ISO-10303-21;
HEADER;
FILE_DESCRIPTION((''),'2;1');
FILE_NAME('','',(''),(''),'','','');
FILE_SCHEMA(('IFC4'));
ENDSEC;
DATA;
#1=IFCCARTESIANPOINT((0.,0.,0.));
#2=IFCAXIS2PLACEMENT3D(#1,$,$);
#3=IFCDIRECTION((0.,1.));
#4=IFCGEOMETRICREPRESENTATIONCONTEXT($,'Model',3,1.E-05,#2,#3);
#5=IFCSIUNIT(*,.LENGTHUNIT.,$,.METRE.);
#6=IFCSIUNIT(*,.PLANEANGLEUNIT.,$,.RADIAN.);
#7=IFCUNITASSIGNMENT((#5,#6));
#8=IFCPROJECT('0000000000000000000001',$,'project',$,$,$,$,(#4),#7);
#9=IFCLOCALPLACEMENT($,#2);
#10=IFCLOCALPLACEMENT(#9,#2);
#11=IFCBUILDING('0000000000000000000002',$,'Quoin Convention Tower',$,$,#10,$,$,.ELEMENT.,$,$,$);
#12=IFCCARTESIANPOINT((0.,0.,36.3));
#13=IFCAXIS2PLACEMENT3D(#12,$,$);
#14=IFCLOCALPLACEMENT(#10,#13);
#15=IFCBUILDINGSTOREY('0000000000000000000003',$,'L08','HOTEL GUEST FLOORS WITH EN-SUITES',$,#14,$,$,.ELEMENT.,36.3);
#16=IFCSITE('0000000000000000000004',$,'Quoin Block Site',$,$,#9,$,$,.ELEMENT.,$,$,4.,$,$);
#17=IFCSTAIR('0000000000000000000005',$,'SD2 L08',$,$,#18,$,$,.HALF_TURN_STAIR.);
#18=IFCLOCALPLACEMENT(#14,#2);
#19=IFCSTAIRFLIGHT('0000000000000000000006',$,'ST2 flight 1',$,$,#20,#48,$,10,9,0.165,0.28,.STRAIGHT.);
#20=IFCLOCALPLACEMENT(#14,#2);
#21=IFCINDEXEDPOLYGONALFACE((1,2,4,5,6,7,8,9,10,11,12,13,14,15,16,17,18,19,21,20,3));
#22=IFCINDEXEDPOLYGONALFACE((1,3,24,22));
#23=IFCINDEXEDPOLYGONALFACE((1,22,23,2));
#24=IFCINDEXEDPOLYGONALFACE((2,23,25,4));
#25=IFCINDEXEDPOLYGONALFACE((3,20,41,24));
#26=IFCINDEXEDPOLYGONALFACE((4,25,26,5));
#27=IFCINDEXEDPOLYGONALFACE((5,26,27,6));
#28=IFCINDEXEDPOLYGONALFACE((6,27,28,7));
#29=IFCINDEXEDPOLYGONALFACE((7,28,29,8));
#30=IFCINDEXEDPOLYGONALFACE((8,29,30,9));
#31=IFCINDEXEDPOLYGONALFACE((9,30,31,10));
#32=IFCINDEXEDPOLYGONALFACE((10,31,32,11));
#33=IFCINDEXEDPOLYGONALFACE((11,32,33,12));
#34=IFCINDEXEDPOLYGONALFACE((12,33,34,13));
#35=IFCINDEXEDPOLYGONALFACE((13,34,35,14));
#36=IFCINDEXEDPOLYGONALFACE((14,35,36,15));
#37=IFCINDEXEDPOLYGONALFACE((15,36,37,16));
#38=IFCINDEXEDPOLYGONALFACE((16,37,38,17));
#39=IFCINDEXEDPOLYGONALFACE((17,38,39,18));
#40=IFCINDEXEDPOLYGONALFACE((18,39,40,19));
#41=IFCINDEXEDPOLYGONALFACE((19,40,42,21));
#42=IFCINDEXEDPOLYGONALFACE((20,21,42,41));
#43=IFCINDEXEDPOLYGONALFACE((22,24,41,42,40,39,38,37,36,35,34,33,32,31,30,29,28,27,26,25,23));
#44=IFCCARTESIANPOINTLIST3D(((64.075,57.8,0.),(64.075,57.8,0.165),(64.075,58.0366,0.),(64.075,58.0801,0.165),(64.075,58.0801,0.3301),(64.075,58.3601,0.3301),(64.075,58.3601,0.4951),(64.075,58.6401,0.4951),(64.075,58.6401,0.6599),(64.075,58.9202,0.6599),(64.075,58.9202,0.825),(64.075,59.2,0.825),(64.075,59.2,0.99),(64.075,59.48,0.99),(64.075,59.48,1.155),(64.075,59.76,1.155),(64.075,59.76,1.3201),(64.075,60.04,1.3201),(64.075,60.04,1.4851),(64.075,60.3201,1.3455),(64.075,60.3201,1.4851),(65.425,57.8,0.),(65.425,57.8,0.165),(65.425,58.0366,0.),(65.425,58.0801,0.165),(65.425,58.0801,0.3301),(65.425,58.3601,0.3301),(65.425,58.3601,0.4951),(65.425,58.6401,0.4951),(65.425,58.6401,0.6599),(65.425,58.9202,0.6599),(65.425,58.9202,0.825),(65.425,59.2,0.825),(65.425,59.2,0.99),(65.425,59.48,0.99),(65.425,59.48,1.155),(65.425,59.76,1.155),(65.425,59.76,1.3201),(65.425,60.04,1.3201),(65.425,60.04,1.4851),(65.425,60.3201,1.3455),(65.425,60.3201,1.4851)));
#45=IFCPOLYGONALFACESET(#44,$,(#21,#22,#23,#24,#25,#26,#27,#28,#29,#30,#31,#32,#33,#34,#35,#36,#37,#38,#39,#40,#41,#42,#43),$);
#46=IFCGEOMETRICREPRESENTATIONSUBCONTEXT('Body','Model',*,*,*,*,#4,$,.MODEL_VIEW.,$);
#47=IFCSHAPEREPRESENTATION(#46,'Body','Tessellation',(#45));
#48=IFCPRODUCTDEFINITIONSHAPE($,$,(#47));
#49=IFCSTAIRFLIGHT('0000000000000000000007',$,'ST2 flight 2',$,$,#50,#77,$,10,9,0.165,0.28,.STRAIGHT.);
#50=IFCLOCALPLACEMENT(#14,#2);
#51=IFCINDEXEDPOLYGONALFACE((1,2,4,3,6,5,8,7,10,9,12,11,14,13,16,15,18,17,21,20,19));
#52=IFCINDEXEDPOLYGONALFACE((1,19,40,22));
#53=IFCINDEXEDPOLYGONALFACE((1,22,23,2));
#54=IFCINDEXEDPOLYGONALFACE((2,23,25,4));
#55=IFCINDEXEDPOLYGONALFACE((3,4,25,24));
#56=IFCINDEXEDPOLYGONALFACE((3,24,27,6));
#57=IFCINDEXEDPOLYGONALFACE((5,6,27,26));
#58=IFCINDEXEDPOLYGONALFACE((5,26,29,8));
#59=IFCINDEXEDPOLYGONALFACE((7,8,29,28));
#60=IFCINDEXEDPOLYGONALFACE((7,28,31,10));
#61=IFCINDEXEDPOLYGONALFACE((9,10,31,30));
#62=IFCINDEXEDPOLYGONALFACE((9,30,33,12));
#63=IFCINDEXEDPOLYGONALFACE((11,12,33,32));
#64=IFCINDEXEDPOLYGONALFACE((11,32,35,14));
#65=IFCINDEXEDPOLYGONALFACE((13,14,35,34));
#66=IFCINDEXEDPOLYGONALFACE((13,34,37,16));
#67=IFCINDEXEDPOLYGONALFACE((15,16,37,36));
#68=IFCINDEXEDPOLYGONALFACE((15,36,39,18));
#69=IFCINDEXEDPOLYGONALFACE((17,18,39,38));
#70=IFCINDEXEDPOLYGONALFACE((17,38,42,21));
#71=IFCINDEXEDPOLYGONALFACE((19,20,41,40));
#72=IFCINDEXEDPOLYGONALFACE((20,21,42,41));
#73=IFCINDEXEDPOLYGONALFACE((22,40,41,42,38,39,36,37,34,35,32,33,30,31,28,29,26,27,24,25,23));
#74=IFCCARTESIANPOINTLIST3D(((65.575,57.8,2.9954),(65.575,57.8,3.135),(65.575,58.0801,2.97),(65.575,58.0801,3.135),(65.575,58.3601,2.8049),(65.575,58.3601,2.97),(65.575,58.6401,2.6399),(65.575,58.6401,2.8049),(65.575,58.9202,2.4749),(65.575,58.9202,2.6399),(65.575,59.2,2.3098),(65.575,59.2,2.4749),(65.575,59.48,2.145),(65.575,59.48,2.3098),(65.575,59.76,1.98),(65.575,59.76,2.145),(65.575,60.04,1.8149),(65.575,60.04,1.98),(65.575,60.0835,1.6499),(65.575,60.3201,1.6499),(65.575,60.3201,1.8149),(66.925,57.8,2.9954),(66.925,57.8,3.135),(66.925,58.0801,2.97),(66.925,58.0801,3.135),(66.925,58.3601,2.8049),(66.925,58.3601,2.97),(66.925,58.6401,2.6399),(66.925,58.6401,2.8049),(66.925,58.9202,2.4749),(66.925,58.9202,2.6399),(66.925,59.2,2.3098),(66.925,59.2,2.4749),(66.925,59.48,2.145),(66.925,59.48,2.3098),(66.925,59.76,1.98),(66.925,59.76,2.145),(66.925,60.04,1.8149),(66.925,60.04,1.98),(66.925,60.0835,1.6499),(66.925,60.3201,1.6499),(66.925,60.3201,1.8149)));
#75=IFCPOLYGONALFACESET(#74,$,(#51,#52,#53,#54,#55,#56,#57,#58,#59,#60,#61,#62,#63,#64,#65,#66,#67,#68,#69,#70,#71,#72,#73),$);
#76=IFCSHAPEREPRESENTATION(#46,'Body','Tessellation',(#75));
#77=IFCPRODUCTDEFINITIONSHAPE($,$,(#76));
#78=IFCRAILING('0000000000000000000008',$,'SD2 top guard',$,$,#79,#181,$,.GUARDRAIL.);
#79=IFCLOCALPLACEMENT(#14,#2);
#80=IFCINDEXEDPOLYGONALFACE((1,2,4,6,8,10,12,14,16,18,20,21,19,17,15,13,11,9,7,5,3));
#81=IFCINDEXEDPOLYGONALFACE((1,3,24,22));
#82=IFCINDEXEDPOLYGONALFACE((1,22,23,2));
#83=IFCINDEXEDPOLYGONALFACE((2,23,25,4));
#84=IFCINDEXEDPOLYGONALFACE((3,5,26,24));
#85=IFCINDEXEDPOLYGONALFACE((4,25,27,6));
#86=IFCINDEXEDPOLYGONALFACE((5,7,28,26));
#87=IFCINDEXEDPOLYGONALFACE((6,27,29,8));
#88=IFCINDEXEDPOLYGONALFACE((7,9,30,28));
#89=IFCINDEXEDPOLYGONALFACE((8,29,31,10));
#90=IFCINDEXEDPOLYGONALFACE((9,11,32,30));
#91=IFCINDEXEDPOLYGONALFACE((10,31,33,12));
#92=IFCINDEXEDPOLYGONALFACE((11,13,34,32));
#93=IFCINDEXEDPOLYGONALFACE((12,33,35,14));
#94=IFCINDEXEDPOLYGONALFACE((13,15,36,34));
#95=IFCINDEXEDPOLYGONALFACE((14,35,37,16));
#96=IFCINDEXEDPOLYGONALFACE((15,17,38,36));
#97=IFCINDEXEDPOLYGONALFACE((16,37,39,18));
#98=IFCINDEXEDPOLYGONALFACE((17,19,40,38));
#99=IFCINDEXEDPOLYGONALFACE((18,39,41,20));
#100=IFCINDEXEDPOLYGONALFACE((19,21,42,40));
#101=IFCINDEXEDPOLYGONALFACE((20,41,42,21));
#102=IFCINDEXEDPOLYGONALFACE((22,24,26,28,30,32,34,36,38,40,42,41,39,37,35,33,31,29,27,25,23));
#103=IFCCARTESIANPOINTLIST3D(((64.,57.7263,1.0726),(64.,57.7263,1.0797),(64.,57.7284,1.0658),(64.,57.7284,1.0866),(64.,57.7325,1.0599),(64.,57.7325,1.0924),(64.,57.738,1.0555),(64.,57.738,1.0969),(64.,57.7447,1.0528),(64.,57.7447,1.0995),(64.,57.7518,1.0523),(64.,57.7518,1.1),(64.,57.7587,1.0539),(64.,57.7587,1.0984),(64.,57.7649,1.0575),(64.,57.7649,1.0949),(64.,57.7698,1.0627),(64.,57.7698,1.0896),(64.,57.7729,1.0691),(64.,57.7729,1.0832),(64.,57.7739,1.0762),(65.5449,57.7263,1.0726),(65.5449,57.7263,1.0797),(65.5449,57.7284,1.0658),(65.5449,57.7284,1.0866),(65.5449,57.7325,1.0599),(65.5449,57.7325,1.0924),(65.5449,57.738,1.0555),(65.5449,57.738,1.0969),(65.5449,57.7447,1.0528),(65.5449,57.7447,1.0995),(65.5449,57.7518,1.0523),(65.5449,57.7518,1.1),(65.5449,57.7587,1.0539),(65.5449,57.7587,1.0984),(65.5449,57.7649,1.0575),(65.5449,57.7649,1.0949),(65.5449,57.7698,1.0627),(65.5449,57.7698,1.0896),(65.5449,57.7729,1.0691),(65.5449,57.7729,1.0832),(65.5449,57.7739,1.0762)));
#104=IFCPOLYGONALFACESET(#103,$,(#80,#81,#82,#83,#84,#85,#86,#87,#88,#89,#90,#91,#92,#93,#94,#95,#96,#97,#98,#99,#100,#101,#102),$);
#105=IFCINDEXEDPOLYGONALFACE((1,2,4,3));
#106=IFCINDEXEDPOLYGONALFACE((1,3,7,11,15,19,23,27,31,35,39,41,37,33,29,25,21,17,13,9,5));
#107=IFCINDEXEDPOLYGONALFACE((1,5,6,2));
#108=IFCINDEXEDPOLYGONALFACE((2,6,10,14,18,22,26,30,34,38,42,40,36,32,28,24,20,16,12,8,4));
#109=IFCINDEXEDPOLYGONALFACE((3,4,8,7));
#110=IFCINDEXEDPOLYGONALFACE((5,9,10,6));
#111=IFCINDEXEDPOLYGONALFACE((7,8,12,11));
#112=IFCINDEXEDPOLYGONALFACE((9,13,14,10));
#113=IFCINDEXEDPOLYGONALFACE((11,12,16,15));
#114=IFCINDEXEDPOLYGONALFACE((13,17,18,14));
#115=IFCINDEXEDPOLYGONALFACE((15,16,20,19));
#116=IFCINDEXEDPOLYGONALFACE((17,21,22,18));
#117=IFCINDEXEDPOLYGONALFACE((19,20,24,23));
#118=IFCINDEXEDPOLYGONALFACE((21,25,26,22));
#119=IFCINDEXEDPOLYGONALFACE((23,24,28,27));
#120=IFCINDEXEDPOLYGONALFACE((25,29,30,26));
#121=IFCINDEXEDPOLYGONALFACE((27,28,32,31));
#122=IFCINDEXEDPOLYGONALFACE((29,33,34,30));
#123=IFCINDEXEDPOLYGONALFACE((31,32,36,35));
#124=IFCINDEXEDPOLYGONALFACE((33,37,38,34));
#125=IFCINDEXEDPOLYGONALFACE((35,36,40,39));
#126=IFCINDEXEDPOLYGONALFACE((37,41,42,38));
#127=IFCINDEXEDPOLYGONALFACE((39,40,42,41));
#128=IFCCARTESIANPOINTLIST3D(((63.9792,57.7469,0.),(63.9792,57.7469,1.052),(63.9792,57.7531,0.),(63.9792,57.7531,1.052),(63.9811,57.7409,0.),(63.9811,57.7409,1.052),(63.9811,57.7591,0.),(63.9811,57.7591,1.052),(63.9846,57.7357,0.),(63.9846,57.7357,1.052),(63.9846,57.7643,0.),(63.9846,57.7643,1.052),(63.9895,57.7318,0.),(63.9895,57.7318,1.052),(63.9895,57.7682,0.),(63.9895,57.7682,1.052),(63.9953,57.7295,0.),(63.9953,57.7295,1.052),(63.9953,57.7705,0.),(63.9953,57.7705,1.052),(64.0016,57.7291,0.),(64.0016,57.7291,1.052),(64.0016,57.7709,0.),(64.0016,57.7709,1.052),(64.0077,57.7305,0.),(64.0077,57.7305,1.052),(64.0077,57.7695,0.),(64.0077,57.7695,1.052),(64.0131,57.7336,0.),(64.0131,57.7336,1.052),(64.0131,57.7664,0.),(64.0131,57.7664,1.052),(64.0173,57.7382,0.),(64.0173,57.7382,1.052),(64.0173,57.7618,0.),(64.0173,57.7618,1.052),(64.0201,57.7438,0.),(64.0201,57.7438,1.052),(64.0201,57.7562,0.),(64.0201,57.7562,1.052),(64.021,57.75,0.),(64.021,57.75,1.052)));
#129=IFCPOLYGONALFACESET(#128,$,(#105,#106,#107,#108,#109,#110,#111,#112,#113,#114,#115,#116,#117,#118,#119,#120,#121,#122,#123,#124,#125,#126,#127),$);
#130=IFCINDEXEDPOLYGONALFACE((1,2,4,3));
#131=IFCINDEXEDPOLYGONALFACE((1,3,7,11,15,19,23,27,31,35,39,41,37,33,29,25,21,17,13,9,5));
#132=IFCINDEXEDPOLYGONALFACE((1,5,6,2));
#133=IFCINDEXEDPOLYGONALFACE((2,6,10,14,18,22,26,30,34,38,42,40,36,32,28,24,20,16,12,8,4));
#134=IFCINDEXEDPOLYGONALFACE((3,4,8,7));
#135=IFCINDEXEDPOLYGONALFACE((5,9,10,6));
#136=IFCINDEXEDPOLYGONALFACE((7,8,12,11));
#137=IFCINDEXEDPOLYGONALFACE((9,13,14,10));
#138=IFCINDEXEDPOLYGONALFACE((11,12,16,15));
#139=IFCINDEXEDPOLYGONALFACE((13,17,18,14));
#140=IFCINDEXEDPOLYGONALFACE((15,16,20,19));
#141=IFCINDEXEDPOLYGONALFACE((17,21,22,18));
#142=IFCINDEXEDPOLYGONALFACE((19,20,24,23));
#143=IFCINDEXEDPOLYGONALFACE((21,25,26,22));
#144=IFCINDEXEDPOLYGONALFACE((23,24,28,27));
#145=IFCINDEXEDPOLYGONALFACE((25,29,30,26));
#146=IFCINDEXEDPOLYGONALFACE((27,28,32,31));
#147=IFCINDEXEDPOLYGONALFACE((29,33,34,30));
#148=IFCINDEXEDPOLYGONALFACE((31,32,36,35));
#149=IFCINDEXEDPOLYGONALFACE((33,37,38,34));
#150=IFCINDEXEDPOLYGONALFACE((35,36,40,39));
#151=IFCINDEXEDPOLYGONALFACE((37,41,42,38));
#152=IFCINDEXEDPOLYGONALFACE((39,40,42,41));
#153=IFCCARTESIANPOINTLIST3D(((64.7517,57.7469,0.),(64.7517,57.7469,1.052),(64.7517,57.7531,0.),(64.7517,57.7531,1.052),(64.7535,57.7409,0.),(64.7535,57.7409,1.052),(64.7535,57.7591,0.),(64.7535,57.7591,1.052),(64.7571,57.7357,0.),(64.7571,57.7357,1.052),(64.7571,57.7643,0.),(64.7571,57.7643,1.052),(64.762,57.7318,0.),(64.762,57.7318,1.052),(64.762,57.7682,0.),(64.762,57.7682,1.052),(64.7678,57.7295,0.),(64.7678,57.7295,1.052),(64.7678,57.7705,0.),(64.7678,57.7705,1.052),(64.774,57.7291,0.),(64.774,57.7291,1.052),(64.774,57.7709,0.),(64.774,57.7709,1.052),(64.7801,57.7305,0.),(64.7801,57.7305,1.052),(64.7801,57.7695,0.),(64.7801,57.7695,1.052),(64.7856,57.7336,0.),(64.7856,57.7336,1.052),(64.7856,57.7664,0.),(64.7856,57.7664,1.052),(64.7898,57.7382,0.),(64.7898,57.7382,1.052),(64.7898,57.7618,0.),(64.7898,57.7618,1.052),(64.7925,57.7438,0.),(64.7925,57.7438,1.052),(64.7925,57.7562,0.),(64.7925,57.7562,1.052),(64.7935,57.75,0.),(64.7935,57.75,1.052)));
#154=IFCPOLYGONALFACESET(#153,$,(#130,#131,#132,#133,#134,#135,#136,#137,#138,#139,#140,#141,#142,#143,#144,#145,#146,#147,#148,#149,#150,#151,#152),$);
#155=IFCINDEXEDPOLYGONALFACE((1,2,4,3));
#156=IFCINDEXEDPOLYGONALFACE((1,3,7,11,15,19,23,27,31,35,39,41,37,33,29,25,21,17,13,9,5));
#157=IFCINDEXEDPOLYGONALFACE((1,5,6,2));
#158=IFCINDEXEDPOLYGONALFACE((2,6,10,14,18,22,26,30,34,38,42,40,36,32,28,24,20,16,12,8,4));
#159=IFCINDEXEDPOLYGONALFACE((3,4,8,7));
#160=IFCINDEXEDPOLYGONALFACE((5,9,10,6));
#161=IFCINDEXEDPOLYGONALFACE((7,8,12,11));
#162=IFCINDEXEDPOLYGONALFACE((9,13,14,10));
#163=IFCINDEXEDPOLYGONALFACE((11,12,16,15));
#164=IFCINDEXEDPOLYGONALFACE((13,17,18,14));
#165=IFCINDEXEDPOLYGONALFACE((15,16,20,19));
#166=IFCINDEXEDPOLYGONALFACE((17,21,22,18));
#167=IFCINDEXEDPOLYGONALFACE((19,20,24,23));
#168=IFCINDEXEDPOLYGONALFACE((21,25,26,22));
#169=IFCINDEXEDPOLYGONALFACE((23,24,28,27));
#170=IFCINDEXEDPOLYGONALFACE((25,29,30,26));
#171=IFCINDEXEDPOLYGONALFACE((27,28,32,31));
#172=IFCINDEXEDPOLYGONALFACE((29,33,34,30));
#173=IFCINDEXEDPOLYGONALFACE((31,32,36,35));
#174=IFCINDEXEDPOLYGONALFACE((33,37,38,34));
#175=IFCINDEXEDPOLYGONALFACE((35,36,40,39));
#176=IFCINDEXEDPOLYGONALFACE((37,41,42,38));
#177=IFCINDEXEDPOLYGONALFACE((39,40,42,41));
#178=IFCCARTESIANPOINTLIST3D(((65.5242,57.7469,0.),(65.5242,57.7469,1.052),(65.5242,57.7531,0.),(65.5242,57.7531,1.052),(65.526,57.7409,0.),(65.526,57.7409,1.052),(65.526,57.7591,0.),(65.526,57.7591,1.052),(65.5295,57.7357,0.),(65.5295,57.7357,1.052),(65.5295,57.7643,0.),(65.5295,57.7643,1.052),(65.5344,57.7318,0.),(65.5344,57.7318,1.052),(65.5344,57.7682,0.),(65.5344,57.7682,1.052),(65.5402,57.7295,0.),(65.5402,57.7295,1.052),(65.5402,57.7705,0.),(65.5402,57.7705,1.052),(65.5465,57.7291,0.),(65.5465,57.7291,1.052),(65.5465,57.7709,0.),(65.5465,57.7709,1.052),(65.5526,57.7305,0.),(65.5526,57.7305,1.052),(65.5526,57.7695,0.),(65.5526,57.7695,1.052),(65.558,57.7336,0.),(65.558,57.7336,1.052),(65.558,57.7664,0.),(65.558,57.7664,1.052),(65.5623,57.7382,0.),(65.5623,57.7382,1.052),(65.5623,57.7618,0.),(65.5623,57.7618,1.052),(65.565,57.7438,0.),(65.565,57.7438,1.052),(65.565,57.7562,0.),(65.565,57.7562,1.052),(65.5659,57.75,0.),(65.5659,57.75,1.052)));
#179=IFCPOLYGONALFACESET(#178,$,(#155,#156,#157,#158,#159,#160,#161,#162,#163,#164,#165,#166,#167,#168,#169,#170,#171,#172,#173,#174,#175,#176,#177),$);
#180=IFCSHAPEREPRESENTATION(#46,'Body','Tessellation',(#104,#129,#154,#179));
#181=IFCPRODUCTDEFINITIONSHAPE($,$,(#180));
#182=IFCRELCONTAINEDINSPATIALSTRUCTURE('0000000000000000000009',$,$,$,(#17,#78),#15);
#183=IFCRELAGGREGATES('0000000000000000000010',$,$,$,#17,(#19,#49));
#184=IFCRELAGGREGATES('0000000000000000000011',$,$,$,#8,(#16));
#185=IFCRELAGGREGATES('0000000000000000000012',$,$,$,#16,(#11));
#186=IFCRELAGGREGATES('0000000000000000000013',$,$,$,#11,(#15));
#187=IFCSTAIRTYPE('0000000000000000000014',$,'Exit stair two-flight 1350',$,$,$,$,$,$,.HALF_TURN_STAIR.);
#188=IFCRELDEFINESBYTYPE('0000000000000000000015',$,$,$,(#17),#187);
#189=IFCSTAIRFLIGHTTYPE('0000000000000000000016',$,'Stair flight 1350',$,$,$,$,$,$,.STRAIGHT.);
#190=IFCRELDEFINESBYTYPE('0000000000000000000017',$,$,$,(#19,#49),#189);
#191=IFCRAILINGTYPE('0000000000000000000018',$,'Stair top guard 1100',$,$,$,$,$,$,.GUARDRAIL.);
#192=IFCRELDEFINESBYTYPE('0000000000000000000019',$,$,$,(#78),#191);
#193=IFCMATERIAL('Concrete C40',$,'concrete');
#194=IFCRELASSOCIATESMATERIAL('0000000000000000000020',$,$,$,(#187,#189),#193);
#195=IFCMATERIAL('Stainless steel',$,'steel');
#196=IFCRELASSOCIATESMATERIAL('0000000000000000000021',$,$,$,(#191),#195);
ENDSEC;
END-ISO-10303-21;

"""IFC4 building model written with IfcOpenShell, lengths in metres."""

from ifc_helpers import new_model, si_unit, direction, frame, origin, origin_2d, place, context, subcontext, project, spatial, polyline, circle, outline, extrude, material, type_object, element, aggregate, save


model = new_model("IFC4")

# Units and contexts
model_context = context("Model", 3, precision=1e-05, world=origin(), true_north=direction((0.0, 1.0)))
body_context = subcontext(model_context, "Body", "Model", "MODEL_VIEW")
ifc_project = project(units=[si_unit("LENGTHUNIT", "METRE"), si_unit("PLANEANGLEUNIT", "RADIAN")], contexts=[model_context])

# Site, building, storey
site_placement = place(None, origin())
site = spatial("IfcSite", under=ifc_project, at=site_placement, Name="Quoin Block Site", CompositionType="ELEMENT", RefElevation=4.0)
building_placement = place(site_placement, origin())
building = spatial("IfcBuilding", under=site, at=building_placement, Name="Quoin Convention Tower", CompositionType="ELEMENT")
storey_placement = place(building_placement, frame((0.0, 0.0, 36.3)))
storey = spatial("IfcBuildingStorey", under=building, at=storey_placement, Name="L08", Description="HOTEL GUEST FLOORS WITH EN-SUITES", CompositionType="ELEMENT", Elevation=36.3)

# Stair, stair flights
ifc_material_1 = material(Name="Concrete C40", Category="concrete")
stair_type = type_object("IfcStairType", Name="Exit stair two-flight 1350", PredefinedType="HALF_TURN_STAIR", material=ifc_material_1)
stair_placement = place(storey_placement, origin())
stair = element("IfcStair", 1, at=stair_placement, inside=storey, type_object=stair_type, Name="SD2 L08", PredefinedType="HALF_TURN_STAIR")
stair_flight_type = type_object("IfcStairFlightType", Name="Stair flight 1350", PredefinedType="STRAIGHT", material=ifc_material_1)
stair_flight_1_placement = place(storey_placement, frame((64.75, 57.8, 0.0), z_axis=(0.0, 0.0, 1.0), x_axis=(0.0, 1.0, 0.0)))
stair_flight_1 = element("IfcStairFlight", 2, at=stair_flight_1_placement, type_object=stair_flight_type, Name="ST2 flight 1", NumberOfRisers=10, NumberOfTreads=9, PredefinedType="STRAIGHT", RiserHeight=0.165, TreadLength=0.28, context=body_context, shape_type="SweptSolid", body=[
    extrude(outline(polyline([(0.0, 0.0), (0.0, 0.165), (0.28, 0.165), (0.28, 0.3301), (0.5601, 0.3301), (0.5601, 0.4951), (0.8401, 0.4951), (0.8401, 0.6599), (1.1201, 0.6599), (1.1201, 0.825), (1.3999, 0.825), (1.3999, 0.99), (1.6799, 0.99), (1.6799, 1.155), (1.96, 1.155), (1.96, 1.3201), (2.24, 1.3201), (2.24, 1.4851), (2.52, 1.4851), (2.52, 1.6499), (2.52, 1.3455), (0.2366, 0.0), (0.0, 0.0)])), frame((0.0, 0.675, 0.0), z_axis=(0.0, -1.0, 0.0), x_axis=(1.0, 0.0, 0.0)), (0.0, 0.0, 1.0), 1.3501),
])
stair_flight_2_placement = place(storey_placement, frame((66.25, 60.3201, 1.6499), z_axis=(0.0, 0.0, 1.0), x_axis=(0.0, -1.0, 0.0)))
stair_flight_2 = element("IfcStairFlight", 3, at=stair_flight_2_placement, type_object=stair_flight_type, Name="ST2 flight 2", NumberOfRisers=10, NumberOfTreads=9, PredefinedType="STRAIGHT", RiserHeight=0.165, TreadLength=0.28, context=body_context, shape_type="SweptSolid", body=[
    extrude(outline(polyline([(0.0, 0.0), (0.0, 0.165), (0.28, 0.165), (0.28, 0.3301), (0.5601, 0.3301), (0.5601, 0.4951), (0.8401, 0.4951), (0.8401, 0.6599), (1.1201, 0.6599), (1.1201, 0.825), (1.3999, 0.825), (1.3999, 0.99), (1.6799, 0.99), (1.6799, 1.155), (1.96, 1.155), (1.96, 1.3201), (2.24, 1.3201), (2.24, 1.4851), (2.52, 1.4851), (2.52, 1.6499), (2.52, 1.3455), (0.2366, 0.0), (0.0, 0.0)])), frame((0.0, 0.675, 0.0), z_axis=(0.0, -1.0, 0.0), x_axis=(1.0, 0.0, 0.0)), (0.0, 0.0, 1.0), 1.3501),
])
aggregate(stair, [stair_flight_1, stair_flight_2])

# Railing
ifc_material_2 = material(Name="Stainless steel", Category="steel")
railing_type_1 = type_object("IfcRailingType", Name="Stair top guard 1100", PredefinedType="GUARDRAIL", material=ifc_material_2)
railing_1_placement = place(storey_placement, frame((64.0, 57.75, 0.0)))
element("IfcRailing", 4, at=railing_1_placement, inside=storey, type_object=railing_type_1, Name="SD2 top guard", PredefinedType="GUARDRAIL", context=body_context, shape_type="SweptSolid", body=[
    extrude(circle(Radius=0.0239, at=origin_2d()), frame((0.0, 0.0, 1.0762), z_axis=(1.0, 0.0, 0.0), x_axis=(0.0, 1.0, 0.0)), (0.0, 0.0, 1.0), 1.5449),
    extrude(circle(Radius=0.021, at=origin_2d()), origin(), (0.0, 0.0, 1.0), 1.052),
    extrude(circle(Radius=0.021, at=origin_2d()), frame((0.7725, 0.0, 0.0)), (0.0, 0.0, 1.0), 1.052),
    extrude(circle(Radius=0.021, at=origin_2d()), frame((1.5449, 0.0, 0.0)), (0.0, 0.0, 1.0), 1.052),
])

save(model, "model.ifc")
